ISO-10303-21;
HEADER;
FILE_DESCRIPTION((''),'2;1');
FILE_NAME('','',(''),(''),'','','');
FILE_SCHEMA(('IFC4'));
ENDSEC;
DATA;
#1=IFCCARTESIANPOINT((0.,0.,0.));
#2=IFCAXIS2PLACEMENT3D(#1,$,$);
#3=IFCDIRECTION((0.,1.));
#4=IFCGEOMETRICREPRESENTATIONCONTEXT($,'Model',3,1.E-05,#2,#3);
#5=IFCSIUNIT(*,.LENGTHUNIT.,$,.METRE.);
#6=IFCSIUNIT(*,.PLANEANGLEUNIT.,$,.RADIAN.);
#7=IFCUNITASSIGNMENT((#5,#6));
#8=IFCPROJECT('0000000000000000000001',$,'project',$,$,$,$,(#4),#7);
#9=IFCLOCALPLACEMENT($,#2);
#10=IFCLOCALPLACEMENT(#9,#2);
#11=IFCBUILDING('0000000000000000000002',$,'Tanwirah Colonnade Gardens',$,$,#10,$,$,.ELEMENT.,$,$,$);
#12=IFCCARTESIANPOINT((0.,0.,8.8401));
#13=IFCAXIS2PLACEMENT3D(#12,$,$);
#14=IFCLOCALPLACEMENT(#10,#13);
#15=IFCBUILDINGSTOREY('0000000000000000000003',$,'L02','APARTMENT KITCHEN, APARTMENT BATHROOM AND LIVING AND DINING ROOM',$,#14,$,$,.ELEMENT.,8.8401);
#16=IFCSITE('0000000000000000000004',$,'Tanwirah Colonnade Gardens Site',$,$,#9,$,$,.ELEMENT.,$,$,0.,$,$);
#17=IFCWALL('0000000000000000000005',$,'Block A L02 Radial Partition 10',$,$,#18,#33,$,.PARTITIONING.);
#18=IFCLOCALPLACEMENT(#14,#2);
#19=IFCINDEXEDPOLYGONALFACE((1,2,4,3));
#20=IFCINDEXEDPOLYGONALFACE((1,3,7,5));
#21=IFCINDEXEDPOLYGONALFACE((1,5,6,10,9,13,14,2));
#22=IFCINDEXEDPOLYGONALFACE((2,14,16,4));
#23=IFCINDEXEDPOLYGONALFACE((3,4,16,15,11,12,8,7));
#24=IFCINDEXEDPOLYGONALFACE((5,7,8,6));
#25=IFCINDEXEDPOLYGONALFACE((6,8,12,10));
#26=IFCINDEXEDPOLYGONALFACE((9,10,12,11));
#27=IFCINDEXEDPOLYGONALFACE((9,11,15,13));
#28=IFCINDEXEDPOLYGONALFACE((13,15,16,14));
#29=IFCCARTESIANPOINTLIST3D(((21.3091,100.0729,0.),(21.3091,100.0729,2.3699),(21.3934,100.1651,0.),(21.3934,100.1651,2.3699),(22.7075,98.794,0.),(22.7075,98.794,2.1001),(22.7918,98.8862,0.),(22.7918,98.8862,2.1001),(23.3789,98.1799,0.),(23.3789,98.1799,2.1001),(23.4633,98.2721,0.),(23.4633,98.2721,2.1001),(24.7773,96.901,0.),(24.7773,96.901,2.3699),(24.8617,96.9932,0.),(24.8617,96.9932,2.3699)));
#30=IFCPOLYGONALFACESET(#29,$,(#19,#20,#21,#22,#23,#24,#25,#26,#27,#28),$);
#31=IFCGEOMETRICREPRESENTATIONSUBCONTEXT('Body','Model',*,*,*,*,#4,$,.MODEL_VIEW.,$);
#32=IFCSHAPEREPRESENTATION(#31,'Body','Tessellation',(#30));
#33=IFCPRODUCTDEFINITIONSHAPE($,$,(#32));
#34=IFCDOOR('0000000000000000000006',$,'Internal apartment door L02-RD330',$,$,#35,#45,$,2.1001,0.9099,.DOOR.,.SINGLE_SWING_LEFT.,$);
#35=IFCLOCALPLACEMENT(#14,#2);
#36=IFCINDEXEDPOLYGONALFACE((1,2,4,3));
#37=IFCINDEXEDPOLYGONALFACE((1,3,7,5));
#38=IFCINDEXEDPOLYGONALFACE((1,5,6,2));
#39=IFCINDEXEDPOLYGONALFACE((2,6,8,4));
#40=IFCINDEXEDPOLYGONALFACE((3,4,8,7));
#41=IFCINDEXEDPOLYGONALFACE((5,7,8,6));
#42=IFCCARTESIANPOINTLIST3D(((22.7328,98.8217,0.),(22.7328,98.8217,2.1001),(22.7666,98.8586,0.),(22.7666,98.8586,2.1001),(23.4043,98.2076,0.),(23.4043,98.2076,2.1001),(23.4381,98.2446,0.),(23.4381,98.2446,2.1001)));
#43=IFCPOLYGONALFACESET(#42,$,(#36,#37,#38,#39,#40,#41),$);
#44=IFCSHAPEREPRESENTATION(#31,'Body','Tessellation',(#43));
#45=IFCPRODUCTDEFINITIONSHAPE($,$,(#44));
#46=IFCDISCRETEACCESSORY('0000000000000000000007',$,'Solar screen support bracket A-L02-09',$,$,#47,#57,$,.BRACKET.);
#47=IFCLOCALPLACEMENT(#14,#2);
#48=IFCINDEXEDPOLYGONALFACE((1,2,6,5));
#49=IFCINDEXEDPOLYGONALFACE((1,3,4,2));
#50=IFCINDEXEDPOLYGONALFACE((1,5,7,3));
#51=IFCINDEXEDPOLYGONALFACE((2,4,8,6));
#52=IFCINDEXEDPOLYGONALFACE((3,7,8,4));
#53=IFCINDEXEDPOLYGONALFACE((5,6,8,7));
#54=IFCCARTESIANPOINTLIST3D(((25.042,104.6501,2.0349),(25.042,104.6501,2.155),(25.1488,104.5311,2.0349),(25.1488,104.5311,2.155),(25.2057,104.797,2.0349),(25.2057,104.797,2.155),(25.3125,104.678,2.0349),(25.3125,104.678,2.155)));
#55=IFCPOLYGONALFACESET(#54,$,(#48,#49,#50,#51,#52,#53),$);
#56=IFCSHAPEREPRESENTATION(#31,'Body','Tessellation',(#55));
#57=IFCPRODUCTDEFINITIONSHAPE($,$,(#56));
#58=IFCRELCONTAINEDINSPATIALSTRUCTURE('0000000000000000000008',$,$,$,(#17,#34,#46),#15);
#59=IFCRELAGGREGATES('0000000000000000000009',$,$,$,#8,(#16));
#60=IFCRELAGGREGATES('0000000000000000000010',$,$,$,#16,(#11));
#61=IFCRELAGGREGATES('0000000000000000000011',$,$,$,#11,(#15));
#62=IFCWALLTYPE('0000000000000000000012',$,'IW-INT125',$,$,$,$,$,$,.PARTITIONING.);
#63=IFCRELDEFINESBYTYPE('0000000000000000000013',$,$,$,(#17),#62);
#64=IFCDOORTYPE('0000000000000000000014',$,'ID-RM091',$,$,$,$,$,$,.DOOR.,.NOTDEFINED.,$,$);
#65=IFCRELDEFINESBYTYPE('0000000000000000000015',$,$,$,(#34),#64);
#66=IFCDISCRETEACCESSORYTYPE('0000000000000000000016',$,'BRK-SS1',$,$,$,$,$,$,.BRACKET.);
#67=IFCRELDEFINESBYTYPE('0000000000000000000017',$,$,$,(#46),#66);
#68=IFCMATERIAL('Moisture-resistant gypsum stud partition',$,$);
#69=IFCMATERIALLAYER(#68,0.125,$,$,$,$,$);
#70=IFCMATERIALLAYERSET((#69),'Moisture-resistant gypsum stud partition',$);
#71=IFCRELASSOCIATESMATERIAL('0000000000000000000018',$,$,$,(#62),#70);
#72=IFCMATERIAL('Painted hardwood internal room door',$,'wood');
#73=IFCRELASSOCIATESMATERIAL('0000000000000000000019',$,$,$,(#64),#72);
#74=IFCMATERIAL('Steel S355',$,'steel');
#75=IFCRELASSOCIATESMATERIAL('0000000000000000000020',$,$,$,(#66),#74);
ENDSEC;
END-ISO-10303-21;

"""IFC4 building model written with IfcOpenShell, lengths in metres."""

from ifc_helpers import new_model, si_unit, direction, frame, frame_2d, origin, origin_2d, place, context, subcontext, project, spatial, rectangle, extrude, material, layer, layer_set, type_object, element, fill, save


model = new_model("IFC4")

# Units and contexts
model_context = context("Model", 3, precision=1e-05, world=origin(), true_north=direction((0.0, 1.0)))
body_context = subcontext(model_context, "Body", "Model", "MODEL_VIEW")
ifc_project = project(units=[si_unit("LENGTHUNIT", "METRE"), si_unit("PLANEANGLEUNIT", "RADIAN")], contexts=[model_context])

# Site, building, storey
site_placement = place(None, origin())
site = spatial("IfcSite", under=ifc_project, at=site_placement, Name="Tanwirah Colonnade Gardens Site", CompositionType="ELEMENT", RefElevation=0.0)
building_placement = place(site_placement, origin())
building = spatial("IfcBuilding", under=site, at=building_placement, Name="Tanwirah Colonnade Gardens", CompositionType="ELEMENT")
storey_placement = place(building_placement, frame((0.0, 0.0, 8.8401)))
storey = spatial("IfcBuildingStorey", under=building, at=storey_placement, Name="L02", Description="APARTMENT KITCHEN, APARTMENT BATHROOM AND LIVING AND DINING ROOM", CompositionType="ELEMENT", Elevation=8.8401)

# Wall, opening, door
ifc_material_1 = material(Name="Moisture-resistant gypsum stud partition")
ifc_layer_1 = layer(ifc_material_1, 0.125)
ifc_layer_set_1 = layer_set([ifc_layer_1], Name="Moisture-resistant gypsum stud partition")
wall_type_1 = type_object("IfcWallType", Name="IW-INT125", PredefinedType="PARTITIONING", material=ifc_layer_set_1)
wall_1_placement = place(storey_placement, frame((24.8196, 96.947, 0.0), z_axis=(0.0, 0.0, 1.0), x_axis=(-0.737934, 0.674873, 0.0)))
wall_1 = element("IfcWall", 1, at=wall_1_placement, inside=storey, type_object=wall_type_1, Name="Block A L02 Radial Partition 10", PredefinedType="PARTITIONING", context=body_context, shape_type="SweptSolid", body=[
    extrude(rectangle(XDim=4.7, YDim=0.125, at=frame_2d((2.3501, 0.0))), origin(), (0.0, 0.0, 1.0), 2.3699),
])
opening_1_placement = place(wall_1_placement, frame((1.895, 0.0, 0.0)))
opening_1 = element("IfcOpeningElement", 2, at=opening_1_placement, cuts=wall_1, PredefinedType="OPENING", context=body_context, shape_type="SweptSolid", body=[
    extrude(rectangle(XDim=0.9099, YDim=2.1001, at=frame_2d((0.4551, 1.05))), frame((0.0, 0.0725, 0.0), z_axis=(0.0, -1.0, 0.0), x_axis=(1.0, 0.0, 0.0)), (0.0, 0.0, 1.0), 0.145),
])
ifc_material_2 = material(Name="Painted hardwood internal room door", Category="wood")
door_type_1 = type_object("IfcDoorType", Name="ID-RM091", OperationType="NOTDEFINED", PredefinedType="DOOR", material=ifc_material_2)
door_1_placement = place(opening_1_placement, origin())
door_1 = element("IfcDoor", 3, at=door_1_placement, inside=storey, type_object=door_type_1, Name="Internal apartment door L02-RD330", OperationType="SINGLE_SWING_LEFT", OverallHeight=2.1001, OverallWidth=0.9099, PredefinedType="DOOR", context=body_context, shape_type="SweptSolid", body=[
    extrude(rectangle(XDim=0.9099, YDim=2.1001, at=frame_2d((0.4551, 1.05))), frame((0.0, 0.0249, 0.0), z_axis=(0.0, -1.0, 0.0), x_axis=(1.0, 0.0, 0.0)), (0.0, 0.0, 1.0), 0.05),
])
fill(opening_1, door_1)

# Discrete accessory
ifc_material_3 = material(Name="Steel S355", Category="steel")
discrete_accessory_type = type_object("IfcDiscreteAccessoryType", Name="BRK-SS1", PredefinedType="BRACKET", material=ifc_material_3)
discrete_accessory_placement = place(storey_placement, frame((25.1772, 104.6641, 2.0349), z_axis=(0.0, 0.0, 1.0), x_axis=(-0.744443, -0.667686, 0.0)))
element("IfcDiscreteAccessory", 4, at=discrete_accessory_placement, inside=storey, type_object=discrete_accessory_type, Name="Solar screen support bracket A-L02-09", PredefinedType="BRACKET", context=body_context, shape_type="SweptSolid", body=[
    extrude(rectangle(XDim=0.22, YDim=0.1599, at=origin_2d()), origin(), (0.0, 0.0, 1.0), 0.1201),
])

save(model, "model.ifc")
